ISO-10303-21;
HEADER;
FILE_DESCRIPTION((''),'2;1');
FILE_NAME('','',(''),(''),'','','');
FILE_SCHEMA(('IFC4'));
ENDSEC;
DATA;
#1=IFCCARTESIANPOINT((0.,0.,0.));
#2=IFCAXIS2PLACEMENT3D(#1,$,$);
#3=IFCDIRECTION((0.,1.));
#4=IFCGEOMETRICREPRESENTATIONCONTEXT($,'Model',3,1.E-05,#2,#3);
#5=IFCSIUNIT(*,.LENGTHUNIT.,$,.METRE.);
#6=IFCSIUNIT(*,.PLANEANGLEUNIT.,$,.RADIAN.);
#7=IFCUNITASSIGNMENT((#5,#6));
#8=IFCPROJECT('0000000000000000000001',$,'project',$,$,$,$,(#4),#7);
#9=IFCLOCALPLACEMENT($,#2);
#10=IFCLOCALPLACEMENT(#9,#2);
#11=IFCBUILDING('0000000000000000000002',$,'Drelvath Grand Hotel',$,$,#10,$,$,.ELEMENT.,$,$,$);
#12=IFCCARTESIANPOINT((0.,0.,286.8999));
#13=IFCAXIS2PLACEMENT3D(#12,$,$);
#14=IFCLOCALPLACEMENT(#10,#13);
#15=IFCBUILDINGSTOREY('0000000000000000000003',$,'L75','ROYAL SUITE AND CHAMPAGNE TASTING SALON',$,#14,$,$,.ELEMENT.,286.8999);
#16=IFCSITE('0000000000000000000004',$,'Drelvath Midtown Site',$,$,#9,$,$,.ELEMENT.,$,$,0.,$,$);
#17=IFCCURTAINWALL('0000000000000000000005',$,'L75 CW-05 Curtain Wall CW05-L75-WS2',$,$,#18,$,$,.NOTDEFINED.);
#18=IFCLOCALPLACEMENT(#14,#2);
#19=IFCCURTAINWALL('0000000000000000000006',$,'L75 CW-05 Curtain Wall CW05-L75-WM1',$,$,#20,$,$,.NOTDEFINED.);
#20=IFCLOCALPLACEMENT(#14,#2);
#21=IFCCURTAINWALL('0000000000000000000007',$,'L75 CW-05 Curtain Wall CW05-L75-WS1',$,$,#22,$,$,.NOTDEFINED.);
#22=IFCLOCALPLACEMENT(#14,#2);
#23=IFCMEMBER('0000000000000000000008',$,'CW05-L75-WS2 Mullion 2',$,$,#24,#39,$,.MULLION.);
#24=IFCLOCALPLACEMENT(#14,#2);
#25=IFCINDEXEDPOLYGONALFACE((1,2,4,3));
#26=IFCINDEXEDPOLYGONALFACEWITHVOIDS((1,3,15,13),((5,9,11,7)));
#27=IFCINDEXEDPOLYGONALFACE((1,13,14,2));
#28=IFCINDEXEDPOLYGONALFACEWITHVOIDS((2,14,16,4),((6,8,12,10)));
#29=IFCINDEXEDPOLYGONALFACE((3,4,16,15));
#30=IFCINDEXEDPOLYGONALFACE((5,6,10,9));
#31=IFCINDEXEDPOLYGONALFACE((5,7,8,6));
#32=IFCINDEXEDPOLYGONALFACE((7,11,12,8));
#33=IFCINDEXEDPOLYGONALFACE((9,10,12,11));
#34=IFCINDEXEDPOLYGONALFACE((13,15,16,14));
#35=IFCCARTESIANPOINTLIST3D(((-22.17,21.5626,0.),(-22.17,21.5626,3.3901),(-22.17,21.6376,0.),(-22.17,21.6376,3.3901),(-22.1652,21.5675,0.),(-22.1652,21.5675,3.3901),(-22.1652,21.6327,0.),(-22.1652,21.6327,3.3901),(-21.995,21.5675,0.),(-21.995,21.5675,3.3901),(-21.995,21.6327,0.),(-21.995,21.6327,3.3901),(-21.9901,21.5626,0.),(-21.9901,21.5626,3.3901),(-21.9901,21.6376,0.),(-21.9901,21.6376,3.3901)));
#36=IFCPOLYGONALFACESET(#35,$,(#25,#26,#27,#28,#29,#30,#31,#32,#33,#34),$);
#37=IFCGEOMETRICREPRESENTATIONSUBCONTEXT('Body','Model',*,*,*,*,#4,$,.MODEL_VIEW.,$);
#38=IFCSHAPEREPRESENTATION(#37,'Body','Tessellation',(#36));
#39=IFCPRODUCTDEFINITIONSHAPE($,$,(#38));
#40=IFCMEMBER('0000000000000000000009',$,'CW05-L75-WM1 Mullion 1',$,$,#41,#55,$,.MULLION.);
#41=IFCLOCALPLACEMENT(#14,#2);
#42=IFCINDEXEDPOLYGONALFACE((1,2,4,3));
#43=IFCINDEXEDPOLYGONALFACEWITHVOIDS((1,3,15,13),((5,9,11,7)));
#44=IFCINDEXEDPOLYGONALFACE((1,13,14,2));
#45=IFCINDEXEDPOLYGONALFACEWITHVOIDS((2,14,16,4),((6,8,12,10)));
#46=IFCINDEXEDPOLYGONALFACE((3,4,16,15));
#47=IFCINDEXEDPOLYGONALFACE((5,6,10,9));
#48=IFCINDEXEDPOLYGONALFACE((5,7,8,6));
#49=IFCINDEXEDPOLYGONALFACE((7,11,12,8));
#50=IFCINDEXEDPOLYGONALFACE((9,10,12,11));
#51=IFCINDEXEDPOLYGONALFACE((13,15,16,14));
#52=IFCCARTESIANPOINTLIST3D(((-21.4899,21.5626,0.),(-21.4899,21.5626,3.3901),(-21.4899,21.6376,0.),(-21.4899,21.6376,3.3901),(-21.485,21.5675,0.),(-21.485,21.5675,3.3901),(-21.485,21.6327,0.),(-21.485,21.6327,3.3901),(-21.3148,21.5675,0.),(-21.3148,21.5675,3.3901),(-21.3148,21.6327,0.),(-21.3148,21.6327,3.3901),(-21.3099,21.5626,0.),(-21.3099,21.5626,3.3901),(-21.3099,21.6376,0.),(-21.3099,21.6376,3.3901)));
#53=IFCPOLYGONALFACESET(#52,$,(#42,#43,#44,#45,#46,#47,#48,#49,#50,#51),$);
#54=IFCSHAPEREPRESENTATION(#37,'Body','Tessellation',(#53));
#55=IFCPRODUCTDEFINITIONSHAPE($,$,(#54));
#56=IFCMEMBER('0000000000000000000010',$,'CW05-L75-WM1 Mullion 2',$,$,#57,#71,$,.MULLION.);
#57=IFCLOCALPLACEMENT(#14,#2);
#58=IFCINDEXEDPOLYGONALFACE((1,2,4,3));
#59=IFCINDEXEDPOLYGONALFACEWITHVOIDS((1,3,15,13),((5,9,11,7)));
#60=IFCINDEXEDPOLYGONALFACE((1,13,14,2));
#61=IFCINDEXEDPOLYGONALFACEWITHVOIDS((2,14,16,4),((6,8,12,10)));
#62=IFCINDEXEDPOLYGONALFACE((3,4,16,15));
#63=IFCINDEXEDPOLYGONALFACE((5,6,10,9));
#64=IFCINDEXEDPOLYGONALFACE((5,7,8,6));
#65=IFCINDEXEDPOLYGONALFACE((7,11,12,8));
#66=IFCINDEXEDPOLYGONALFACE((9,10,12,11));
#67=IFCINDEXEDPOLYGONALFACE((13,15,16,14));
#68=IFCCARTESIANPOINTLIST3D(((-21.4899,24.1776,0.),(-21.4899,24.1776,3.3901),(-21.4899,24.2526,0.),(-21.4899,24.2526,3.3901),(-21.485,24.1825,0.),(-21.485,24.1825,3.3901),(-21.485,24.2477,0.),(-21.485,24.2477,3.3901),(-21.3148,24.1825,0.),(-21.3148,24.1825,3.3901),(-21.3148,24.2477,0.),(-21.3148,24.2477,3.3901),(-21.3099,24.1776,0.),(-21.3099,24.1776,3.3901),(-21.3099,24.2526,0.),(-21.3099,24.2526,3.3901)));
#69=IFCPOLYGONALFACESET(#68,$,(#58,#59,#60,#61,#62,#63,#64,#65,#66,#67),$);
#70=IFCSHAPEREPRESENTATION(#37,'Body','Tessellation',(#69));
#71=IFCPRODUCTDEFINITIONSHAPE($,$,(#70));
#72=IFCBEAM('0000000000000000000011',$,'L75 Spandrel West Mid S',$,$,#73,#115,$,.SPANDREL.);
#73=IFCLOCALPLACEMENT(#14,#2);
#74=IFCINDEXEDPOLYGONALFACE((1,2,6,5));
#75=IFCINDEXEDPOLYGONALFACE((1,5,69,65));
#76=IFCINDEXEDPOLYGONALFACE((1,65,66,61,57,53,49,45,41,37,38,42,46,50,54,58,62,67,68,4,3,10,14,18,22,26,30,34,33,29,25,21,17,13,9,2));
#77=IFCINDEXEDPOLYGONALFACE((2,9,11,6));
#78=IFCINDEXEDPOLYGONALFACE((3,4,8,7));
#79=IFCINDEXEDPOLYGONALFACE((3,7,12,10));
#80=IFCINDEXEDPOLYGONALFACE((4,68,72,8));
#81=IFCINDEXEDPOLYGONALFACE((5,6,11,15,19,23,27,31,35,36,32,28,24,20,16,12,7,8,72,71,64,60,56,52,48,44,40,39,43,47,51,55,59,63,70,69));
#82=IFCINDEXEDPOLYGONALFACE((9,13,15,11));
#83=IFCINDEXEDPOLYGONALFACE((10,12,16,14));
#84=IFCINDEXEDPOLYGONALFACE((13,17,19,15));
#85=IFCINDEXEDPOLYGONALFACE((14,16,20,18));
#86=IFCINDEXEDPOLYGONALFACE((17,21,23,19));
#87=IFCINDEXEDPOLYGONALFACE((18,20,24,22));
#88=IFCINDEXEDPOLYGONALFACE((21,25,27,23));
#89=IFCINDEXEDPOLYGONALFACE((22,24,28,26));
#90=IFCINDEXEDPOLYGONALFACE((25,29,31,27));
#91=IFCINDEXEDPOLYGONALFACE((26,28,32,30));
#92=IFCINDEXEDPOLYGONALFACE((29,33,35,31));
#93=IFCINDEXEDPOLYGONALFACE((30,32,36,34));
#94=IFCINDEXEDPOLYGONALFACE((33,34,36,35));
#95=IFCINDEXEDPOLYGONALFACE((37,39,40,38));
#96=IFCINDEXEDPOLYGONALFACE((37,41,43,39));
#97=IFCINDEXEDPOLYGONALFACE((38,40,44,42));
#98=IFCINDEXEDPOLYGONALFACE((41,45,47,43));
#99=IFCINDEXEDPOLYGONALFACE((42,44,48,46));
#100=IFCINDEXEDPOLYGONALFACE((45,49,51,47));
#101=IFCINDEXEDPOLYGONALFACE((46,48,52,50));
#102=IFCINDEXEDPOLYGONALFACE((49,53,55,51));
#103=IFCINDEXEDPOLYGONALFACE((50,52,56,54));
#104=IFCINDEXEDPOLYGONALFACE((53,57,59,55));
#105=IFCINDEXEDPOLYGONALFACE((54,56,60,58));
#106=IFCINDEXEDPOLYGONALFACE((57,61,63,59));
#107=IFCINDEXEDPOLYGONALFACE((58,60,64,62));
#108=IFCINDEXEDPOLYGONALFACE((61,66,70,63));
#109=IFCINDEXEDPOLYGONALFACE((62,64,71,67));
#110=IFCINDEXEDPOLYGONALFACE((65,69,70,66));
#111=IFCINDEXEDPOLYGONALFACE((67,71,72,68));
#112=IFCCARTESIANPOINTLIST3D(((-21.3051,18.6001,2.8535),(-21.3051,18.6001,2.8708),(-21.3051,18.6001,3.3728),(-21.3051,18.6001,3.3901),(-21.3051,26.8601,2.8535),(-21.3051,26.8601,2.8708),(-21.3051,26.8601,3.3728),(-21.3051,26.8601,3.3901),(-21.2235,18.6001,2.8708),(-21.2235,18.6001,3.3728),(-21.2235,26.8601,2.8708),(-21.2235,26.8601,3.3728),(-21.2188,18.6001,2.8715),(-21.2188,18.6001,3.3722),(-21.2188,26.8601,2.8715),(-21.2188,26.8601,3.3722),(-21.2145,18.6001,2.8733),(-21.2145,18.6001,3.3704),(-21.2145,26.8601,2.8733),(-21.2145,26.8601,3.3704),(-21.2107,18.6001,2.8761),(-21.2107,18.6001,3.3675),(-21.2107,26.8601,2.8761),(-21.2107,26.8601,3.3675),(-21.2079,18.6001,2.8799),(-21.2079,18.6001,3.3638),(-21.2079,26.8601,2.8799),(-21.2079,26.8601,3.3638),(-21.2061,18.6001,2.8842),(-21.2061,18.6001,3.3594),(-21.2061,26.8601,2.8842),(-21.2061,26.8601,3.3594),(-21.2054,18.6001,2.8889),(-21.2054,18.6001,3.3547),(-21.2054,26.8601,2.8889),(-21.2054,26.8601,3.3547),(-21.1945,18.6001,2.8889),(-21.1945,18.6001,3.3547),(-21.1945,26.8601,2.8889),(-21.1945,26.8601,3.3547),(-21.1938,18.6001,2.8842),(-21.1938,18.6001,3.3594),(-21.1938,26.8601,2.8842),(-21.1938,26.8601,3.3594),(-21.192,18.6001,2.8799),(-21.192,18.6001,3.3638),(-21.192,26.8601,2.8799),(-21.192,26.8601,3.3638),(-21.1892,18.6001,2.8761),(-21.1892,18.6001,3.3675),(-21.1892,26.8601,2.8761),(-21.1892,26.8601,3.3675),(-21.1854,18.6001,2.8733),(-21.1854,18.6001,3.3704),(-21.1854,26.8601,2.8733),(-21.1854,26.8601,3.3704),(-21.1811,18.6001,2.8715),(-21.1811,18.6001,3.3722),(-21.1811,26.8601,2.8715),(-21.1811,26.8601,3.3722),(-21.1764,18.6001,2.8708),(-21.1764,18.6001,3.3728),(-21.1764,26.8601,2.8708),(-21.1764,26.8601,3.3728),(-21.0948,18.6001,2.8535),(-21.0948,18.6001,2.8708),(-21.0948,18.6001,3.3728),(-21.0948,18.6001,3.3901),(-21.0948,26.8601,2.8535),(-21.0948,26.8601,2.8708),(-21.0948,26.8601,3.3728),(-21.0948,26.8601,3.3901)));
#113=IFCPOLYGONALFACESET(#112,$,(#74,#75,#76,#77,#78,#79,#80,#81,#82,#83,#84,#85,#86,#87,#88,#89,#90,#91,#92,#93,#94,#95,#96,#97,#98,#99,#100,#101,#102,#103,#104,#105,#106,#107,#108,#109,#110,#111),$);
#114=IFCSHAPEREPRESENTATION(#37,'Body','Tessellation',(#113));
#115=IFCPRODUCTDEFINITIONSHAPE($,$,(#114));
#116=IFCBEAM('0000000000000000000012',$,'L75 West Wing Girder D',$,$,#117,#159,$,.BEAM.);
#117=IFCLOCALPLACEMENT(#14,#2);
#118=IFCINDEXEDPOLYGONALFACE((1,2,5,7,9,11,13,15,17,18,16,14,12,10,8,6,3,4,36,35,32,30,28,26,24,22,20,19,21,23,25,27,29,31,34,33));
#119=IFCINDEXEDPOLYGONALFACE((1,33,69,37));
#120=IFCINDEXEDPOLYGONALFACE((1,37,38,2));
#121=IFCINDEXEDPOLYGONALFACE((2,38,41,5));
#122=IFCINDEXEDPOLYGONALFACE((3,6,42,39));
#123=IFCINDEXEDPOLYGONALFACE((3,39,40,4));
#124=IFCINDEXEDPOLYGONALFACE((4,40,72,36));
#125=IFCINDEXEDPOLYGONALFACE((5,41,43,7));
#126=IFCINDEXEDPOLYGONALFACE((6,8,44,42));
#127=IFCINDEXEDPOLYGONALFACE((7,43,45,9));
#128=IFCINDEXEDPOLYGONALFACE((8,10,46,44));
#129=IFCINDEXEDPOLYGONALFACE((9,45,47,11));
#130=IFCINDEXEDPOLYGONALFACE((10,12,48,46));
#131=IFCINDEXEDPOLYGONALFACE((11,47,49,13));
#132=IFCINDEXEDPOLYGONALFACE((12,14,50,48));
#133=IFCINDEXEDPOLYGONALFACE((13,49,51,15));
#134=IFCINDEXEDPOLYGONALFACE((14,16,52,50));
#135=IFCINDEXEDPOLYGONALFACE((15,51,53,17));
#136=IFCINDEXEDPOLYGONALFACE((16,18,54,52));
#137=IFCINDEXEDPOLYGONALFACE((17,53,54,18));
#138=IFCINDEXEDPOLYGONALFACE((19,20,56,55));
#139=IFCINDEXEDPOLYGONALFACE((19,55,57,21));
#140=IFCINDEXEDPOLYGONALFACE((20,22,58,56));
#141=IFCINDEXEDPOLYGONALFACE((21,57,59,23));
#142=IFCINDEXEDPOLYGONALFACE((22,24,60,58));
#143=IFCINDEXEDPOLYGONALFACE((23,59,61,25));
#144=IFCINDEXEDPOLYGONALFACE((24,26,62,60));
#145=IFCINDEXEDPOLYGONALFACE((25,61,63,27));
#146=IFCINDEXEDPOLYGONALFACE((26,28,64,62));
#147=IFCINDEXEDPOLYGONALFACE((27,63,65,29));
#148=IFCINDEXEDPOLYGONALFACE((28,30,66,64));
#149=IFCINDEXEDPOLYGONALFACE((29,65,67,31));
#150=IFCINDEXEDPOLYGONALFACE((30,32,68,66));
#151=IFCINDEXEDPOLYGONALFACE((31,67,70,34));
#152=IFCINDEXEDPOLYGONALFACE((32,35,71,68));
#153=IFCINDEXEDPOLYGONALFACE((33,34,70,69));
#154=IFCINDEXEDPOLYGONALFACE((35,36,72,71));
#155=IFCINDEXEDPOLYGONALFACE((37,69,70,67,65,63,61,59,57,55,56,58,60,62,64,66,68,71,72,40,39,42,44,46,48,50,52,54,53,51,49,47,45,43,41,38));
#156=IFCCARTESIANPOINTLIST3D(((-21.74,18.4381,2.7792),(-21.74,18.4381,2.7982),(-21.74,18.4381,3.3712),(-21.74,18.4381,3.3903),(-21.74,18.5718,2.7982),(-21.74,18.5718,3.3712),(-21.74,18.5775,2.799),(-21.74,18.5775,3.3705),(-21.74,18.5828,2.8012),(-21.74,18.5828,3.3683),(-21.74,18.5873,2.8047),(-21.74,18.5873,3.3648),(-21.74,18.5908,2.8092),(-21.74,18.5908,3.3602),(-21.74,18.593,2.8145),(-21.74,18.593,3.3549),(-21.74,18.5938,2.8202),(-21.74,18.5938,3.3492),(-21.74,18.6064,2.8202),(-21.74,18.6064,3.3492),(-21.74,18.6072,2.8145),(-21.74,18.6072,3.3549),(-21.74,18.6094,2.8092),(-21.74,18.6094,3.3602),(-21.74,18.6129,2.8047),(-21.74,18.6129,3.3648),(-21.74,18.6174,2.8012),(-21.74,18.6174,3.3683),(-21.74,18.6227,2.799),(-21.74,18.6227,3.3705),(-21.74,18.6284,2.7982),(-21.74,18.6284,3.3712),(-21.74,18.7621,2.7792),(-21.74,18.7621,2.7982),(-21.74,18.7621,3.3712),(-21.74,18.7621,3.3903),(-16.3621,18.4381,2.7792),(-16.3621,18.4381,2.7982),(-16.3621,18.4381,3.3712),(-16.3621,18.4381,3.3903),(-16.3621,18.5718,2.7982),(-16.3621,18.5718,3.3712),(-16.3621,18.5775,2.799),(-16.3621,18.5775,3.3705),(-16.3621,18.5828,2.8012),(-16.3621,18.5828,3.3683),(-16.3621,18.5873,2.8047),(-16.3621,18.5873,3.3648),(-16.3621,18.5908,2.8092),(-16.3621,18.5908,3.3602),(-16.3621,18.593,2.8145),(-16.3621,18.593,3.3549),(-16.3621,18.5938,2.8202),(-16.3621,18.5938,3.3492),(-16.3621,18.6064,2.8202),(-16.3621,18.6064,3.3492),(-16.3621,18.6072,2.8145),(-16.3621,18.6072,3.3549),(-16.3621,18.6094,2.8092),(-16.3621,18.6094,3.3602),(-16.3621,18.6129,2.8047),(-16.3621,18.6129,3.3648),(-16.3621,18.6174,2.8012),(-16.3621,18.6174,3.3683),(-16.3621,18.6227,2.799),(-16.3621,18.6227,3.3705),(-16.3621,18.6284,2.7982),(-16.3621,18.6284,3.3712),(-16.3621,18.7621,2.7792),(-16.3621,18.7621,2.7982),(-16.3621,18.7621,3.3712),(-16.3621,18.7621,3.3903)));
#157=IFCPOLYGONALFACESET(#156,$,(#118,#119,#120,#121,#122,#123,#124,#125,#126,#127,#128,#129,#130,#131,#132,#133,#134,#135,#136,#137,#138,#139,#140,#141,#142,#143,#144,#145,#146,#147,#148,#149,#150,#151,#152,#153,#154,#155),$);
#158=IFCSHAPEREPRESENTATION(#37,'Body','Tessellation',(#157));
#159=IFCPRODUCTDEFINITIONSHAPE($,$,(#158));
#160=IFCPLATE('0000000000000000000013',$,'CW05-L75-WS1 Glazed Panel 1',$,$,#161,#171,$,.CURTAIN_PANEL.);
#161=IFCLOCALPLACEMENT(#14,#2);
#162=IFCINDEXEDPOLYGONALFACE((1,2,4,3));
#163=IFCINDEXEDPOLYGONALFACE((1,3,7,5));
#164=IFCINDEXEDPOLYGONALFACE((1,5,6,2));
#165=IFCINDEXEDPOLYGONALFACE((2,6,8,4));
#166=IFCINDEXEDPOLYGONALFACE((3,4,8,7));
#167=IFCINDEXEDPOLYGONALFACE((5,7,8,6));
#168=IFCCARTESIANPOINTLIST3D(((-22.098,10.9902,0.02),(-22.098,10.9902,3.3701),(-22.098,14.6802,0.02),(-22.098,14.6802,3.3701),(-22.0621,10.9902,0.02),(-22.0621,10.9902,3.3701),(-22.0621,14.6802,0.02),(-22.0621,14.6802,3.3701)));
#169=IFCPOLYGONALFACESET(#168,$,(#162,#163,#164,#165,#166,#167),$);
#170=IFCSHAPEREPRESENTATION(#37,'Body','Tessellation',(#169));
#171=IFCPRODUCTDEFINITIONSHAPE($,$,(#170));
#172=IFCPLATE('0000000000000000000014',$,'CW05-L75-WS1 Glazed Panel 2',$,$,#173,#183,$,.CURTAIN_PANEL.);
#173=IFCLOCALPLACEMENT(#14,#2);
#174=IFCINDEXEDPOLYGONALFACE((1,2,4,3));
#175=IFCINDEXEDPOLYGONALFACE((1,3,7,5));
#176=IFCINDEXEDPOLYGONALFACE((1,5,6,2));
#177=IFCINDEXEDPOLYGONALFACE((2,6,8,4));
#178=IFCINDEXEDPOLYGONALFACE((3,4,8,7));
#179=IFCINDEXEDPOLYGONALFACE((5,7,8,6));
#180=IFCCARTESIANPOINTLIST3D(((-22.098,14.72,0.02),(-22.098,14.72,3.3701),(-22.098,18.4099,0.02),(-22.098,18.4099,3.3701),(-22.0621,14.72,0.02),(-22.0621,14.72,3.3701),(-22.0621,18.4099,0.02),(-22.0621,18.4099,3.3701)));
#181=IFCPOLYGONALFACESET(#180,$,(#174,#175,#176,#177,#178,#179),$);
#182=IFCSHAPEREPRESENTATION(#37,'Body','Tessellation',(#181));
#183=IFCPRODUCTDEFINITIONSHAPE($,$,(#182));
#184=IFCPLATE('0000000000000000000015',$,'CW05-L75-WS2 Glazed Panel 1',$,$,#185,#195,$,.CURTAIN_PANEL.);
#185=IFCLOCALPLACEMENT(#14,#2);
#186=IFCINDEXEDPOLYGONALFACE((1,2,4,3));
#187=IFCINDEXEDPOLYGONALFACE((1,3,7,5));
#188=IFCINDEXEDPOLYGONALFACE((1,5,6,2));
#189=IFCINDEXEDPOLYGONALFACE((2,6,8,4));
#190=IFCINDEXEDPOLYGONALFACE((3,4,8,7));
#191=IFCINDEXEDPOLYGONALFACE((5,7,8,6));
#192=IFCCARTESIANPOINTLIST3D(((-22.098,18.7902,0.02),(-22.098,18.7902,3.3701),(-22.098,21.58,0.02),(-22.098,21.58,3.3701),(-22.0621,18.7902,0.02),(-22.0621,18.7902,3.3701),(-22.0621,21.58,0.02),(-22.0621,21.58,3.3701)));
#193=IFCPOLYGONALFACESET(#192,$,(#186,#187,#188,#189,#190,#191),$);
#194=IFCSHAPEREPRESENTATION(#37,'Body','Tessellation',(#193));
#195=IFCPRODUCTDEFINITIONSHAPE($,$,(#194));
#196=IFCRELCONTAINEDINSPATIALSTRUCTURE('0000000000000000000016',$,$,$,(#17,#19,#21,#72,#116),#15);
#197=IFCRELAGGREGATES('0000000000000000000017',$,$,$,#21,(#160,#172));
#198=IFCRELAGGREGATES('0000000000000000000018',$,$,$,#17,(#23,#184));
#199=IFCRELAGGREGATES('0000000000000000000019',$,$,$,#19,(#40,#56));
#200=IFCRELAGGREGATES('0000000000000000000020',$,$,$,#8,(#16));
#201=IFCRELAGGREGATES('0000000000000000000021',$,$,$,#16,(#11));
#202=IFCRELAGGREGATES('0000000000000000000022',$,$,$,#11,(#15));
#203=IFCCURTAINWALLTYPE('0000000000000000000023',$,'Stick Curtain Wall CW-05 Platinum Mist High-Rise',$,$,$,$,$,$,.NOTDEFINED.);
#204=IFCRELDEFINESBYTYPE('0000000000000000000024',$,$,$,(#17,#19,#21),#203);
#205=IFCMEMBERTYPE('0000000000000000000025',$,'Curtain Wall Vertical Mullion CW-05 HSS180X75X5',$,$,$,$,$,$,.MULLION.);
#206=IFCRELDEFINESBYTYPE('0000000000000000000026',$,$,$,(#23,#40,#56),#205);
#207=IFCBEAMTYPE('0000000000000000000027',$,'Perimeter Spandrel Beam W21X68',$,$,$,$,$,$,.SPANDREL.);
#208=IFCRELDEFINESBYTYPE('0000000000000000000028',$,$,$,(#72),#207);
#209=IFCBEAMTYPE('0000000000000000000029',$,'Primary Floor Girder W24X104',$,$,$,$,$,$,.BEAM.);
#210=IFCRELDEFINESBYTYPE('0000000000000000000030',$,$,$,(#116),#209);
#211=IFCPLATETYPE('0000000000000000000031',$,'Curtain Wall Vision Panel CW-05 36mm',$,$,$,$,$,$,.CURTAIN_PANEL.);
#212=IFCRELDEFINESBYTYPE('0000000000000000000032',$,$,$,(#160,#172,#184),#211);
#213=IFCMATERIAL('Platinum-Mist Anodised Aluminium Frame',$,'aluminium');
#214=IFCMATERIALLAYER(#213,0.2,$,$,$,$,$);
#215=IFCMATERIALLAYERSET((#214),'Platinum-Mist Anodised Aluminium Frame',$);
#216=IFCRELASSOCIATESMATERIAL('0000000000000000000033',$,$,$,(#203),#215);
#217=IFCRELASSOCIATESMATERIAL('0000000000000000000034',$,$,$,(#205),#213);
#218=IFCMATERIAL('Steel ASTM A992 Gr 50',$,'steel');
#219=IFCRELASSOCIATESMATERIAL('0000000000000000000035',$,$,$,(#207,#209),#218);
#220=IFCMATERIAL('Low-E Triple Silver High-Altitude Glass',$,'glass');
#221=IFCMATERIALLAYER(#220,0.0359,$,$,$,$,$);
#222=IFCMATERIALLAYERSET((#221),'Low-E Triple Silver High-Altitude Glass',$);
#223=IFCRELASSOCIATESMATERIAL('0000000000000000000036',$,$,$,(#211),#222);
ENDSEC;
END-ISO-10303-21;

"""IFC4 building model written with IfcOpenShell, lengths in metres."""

from ifc_helpers import new_model, si_unit, direction, frame, origin, origin_2d, place, context, subcontext, project, spatial, rectangle, hollow_rectangle, i_section, extrude, material, layer, layer_set, material_profile, profile_set, type_object, element, aggregate, save


model = new_model("IFC4")

# Units and contexts
model_context = context("Model", 3, precision=1e-05, world=origin(), true_north=direction((0.0, 1.0)))
body_context = subcontext(model_context, "Body", "Model", "MODEL_VIEW")
ifc_project = project(units=[si_unit("LENGTHUNIT", "METRE"), si_unit("PLANEANGLEUNIT", "RADIAN")], contexts=[model_context])

# Site, building, storey
site_placement = place(None, origin())
site = spatial("IfcSite", under=ifc_project, at=site_placement, Name="Drelvath Midtown Site", CompositionType="ELEMENT", RefElevation=0.0)
building_placement = place(site_placement, origin())
building = spatial("IfcBuilding", under=site, at=building_placement, Name="Drelvath Grand Hotel", CompositionType="ELEMENT")
storey_placement = place(building_placement, frame((0.0, 0.0, 286.8999)))
storey = spatial("IfcBuildingStorey", under=building, at=storey_placement, Name="L75", Description="ROYAL SUITE AND CHAMPAGNE TASTING SALON", CompositionType="ELEMENT", Elevation=286.8999)

# Shared definitions
ifc_material_1 = material(Name="Steel ASTM A992 Gr 50", Category="steel")

# Curtain walls
ifc_material_2 = material(Name="Platinum-Mist Anodised Aluminium Frame", Category="aluminium")
ifc_layer_1 = layer(ifc_material_2, 0.2)
ifc_layer_set_1 = layer_set([ifc_layer_1], Name="Platinum-Mist Anodised Aluminium Frame")
curtain_wall_type = type_object("IfcCurtainWallType", Name="Stick Curtain Wall CW-05 Platinum Mist High-Rise", PredefinedType="NOTDEFINED", material=ifc_layer_set_1)
curtain_wall_1_placement = place(storey_placement, origin())
curtain_wall_1 = element("IfcCurtainWall", 1, at=curtain_wall_1_placement, inside=storey, type_object=curtain_wall_type, Name="L75 CW-05 Curtain Wall CW05-L75-WS2", PredefinedType="NOTDEFINED")
curtain_wall_2_placement = place(storey_placement, origin())
curtain_wall_2 = element("IfcCurtainWall", 2, at=curtain_wall_2_placement, inside=storey, type_object=curtain_wall_type, Name="L75 CW-05 Curtain Wall CW05-L75-WM1", PredefinedType="NOTDEFINED")

# Curtain wall
curtain_wall_3_placement = place(storey_placement, origin())
curtain_wall_3 = element("IfcCurtainWall", 3, at=curtain_wall_3_placement, inside=storey, type_object=curtain_wall_type, Name="L75 CW-05 Curtain Wall CW05-L75-WS1", PredefinedType="NOTDEFINED")
ifc_material_profile_1 = material_profile(ifc_material_2, hollow_rectangle(XDim=0.075, YDim=0.1799, WallThickness=0.0049, at=origin_2d()), Name="HSS180X75X5")
ifc_profile_set_1 = profile_set([ifc_material_profile_1], Name="Platinum-Mist Anodised Aluminium Frame")
member_type_1 = type_object("IfcMemberType", Name="Curtain Wall Vertical Mullion CW-05 HSS180X75X5", PredefinedType="MULLION", material=ifc_profile_set_1)

# Members
member_1_placement = place(storey_placement, frame((-22.0801, 21.6001, 0.0), z_axis=(0.0, 0.0, 1.0), x_axis=(0.0, 1.0, 0.0)))
member_1 = element("IfcMember", 4, at=member_1_placement, type_object=member_type_1, Name="CW05-L75-WS2 Mullion 2", PredefinedType="MULLION", context=body_context, shape_type="SweptSolid", body=[
    extrude(hollow_rectangle(XDim=0.075, YDim=0.1799, WallThickness=0.0049, at=origin_2d()), origin(), (0.0, 0.0, 1.0), 3.3901),
])
member_2_placement = place(storey_placement, frame((-21.3999, 21.6001, 0.0), z_axis=(0.0, 0.0, 1.0), x_axis=(0.0, 1.0, 0.0)))
member_2 = element("IfcMember", 5, at=member_2_placement, type_object=member_type_1, Name="CW05-L75-WM1 Mullion 1", PredefinedType="MULLION", context=body_context, shape_type="SweptSolid", body=[
    extrude(hollow_rectangle(XDim=0.075, YDim=0.1799, WallThickness=0.0049, at=origin_2d()), origin(), (0.0, 0.0, 1.0), 3.3901),
])
member_3_placement = place(storey_placement, frame((-21.3999, 24.2151, 0.0), z_axis=(0.0, 0.0, 1.0), x_axis=(0.0, 1.0, 0.0)))
member_3 = element("IfcMember", 6, at=member_3_placement, type_object=member_type_1, Name="CW05-L75-WM1 Mullion 2", PredefinedType="MULLION", context=body_context, shape_type="SweptSolid", body=[
    extrude(hollow_rectangle(XDim=0.075, YDim=0.1799, WallThickness=0.0049, at=origin_2d()), origin(), (0.0, 0.0, 1.0), 3.3901),
])

# Beams
ifc_material_profile_2 = material_profile(ifc_material_1, i_section(OverallWidth=0.2102, OverallDepth=0.5366, WebThickness=0.011, FlangeThickness=0.0173, FilletRadius=0.0181, at=origin_2d()), Name="W21X68")
ifc_profile_set_2 = profile_set([ifc_material_profile_2], Name="Steel ASTM A992 Gr 50")
beam_type_1 = type_object("IfcBeamType", Name="Perimeter Spandrel Beam W21X68", PredefinedType="SPANDREL", material=ifc_profile_set_2)
beam_1_placement = place(storey_placement, frame((-21.2, 18.6001, 3.1218), z_axis=(0.0, 1.0, 0.0), x_axis=(-1.0, 0.0, 0.0)))
element("IfcBeam", 7, at=beam_1_placement, inside=storey, type_object=beam_type_1, Name="L75 Spandrel West Mid S", PredefinedType="SPANDREL", context=body_context, shape_type="SweptSolid", body=[
    extrude(i_section(OverallWidth=0.2102, OverallDepth=0.5366, WebThickness=0.011, FlangeThickness=0.0173, FilletRadius=0.0181, at=origin_2d()), origin(), (0.0, 0.0, 1.0), 8.26),
])
ifc_material_profile_3 = material_profile(ifc_material_1, i_section(OverallWidth=0.324, OverallDepth=0.6111, WebThickness=0.0127, FlangeThickness=0.019, FilletRadius=0.022, at=origin_2d()), Name="W24X104")
ifc_profile_set_3 = profile_set([ifc_material_profile_3], Name="Steel ASTM A992 Gr 50")
beam_type_2 = type_object("IfcBeamType", Name="Primary Floor Girder W24X104", PredefinedType="BEAM", material=ifc_profile_set_3)
beam_2_placement = place(storey_placement, frame((-21.74, 18.6001, 3.0847), z_axis=(1.0, 0.0, 0.0), x_axis=(0.0, 1.0, 0.0)))
element("IfcBeam", 8, at=beam_2_placement, inside=storey, type_object=beam_type_2, Name="L75 West Wing Girder D", PredefinedType="BEAM", context=body_context, shape_type="SweptSolid", body=[
    extrude(i_section(OverallWidth=0.324, OverallDepth=0.6111, WebThickness=0.0127, FlangeThickness=0.019, FilletRadius=0.022, at=origin_2d()), origin(), (0.0, 0.0, 1.0), 5.3779),
])

# Plates
ifc_material_3 = material(Name="Low-E Triple Silver High-Altitude Glass", Category="glass")
ifc_layer_2 = layer(ifc_material_3, 0.0359)
ifc_layer_set_2 = layer_set([ifc_layer_2], Name="Low-E Triple Silver High-Altitude Glass")
plate_type = type_object("IfcPlateType", Name="Curtain Wall Vision Panel CW-05 36mm", PredefinedType="CURTAIN_PANEL", material=ifc_layer_set_2)
plate_1_placement = place(storey_placement, frame((-22.0801, 12.8352, 0.02), z_axis=(0.0, 0.0, 1.0), x_axis=(0.0, 1.0, 0.0)))
plate_1 = element("IfcPlate", 9, at=plate_1_placement, type_object=plate_type, Name="CW05-L75-WS1 Glazed Panel 1", PredefinedType="CURTAIN_PANEL", context=body_context, shape_type="SweptSolid", body=[
    extrude(rectangle(XDim=3.6899, YDim=0.0359, at=origin_2d()), origin(), (0.0, 0.0, 1.0), 3.3501),
])
plate_2_placement = place(storey_placement, frame((-22.0801, 16.5649, 0.02), z_axis=(0.0, 0.0, 1.0), x_axis=(0.0, 1.0, 0.0)))
plate_2 = element("IfcPlate", 10, at=plate_2_placement, type_object=plate_type, Name="CW05-L75-WS1 Glazed Panel 2", PredefinedType="CURTAIN_PANEL", context=body_context, shape_type="SweptSolid", body=[
    extrude(rectangle(XDim=3.6899, YDim=0.0359, at=origin_2d()), origin(), (0.0, 0.0, 1.0), 3.3501),
])
aggregate(curtain_wall_3, [plate_1, plate_2])
plate_3_placement = place(storey_placement, frame((-22.0801, 20.1851, 0.02), z_axis=(0.0, 0.0, 1.0), x_axis=(0.0, 1.0, 0.0)))
plate_3 = element("IfcPlate", 11, at=plate_3_placement, type_object=plate_type, Name="CW05-L75-WS2 Glazed Panel 1", PredefinedType="CURTAIN_PANEL", context=body_context, shape_type="SweptSolid", body=[
    extrude(rectangle(XDim=2.7898, YDim=0.0359, at=origin_2d()), origin(), (0.0, 0.0, 1.0), 3.3501),
])
aggregate(curtain_wall_1, [member_1, plate_3])
aggregate(curtain_wall_2, [member_2, member_3])

save(model, "model.ifc")
